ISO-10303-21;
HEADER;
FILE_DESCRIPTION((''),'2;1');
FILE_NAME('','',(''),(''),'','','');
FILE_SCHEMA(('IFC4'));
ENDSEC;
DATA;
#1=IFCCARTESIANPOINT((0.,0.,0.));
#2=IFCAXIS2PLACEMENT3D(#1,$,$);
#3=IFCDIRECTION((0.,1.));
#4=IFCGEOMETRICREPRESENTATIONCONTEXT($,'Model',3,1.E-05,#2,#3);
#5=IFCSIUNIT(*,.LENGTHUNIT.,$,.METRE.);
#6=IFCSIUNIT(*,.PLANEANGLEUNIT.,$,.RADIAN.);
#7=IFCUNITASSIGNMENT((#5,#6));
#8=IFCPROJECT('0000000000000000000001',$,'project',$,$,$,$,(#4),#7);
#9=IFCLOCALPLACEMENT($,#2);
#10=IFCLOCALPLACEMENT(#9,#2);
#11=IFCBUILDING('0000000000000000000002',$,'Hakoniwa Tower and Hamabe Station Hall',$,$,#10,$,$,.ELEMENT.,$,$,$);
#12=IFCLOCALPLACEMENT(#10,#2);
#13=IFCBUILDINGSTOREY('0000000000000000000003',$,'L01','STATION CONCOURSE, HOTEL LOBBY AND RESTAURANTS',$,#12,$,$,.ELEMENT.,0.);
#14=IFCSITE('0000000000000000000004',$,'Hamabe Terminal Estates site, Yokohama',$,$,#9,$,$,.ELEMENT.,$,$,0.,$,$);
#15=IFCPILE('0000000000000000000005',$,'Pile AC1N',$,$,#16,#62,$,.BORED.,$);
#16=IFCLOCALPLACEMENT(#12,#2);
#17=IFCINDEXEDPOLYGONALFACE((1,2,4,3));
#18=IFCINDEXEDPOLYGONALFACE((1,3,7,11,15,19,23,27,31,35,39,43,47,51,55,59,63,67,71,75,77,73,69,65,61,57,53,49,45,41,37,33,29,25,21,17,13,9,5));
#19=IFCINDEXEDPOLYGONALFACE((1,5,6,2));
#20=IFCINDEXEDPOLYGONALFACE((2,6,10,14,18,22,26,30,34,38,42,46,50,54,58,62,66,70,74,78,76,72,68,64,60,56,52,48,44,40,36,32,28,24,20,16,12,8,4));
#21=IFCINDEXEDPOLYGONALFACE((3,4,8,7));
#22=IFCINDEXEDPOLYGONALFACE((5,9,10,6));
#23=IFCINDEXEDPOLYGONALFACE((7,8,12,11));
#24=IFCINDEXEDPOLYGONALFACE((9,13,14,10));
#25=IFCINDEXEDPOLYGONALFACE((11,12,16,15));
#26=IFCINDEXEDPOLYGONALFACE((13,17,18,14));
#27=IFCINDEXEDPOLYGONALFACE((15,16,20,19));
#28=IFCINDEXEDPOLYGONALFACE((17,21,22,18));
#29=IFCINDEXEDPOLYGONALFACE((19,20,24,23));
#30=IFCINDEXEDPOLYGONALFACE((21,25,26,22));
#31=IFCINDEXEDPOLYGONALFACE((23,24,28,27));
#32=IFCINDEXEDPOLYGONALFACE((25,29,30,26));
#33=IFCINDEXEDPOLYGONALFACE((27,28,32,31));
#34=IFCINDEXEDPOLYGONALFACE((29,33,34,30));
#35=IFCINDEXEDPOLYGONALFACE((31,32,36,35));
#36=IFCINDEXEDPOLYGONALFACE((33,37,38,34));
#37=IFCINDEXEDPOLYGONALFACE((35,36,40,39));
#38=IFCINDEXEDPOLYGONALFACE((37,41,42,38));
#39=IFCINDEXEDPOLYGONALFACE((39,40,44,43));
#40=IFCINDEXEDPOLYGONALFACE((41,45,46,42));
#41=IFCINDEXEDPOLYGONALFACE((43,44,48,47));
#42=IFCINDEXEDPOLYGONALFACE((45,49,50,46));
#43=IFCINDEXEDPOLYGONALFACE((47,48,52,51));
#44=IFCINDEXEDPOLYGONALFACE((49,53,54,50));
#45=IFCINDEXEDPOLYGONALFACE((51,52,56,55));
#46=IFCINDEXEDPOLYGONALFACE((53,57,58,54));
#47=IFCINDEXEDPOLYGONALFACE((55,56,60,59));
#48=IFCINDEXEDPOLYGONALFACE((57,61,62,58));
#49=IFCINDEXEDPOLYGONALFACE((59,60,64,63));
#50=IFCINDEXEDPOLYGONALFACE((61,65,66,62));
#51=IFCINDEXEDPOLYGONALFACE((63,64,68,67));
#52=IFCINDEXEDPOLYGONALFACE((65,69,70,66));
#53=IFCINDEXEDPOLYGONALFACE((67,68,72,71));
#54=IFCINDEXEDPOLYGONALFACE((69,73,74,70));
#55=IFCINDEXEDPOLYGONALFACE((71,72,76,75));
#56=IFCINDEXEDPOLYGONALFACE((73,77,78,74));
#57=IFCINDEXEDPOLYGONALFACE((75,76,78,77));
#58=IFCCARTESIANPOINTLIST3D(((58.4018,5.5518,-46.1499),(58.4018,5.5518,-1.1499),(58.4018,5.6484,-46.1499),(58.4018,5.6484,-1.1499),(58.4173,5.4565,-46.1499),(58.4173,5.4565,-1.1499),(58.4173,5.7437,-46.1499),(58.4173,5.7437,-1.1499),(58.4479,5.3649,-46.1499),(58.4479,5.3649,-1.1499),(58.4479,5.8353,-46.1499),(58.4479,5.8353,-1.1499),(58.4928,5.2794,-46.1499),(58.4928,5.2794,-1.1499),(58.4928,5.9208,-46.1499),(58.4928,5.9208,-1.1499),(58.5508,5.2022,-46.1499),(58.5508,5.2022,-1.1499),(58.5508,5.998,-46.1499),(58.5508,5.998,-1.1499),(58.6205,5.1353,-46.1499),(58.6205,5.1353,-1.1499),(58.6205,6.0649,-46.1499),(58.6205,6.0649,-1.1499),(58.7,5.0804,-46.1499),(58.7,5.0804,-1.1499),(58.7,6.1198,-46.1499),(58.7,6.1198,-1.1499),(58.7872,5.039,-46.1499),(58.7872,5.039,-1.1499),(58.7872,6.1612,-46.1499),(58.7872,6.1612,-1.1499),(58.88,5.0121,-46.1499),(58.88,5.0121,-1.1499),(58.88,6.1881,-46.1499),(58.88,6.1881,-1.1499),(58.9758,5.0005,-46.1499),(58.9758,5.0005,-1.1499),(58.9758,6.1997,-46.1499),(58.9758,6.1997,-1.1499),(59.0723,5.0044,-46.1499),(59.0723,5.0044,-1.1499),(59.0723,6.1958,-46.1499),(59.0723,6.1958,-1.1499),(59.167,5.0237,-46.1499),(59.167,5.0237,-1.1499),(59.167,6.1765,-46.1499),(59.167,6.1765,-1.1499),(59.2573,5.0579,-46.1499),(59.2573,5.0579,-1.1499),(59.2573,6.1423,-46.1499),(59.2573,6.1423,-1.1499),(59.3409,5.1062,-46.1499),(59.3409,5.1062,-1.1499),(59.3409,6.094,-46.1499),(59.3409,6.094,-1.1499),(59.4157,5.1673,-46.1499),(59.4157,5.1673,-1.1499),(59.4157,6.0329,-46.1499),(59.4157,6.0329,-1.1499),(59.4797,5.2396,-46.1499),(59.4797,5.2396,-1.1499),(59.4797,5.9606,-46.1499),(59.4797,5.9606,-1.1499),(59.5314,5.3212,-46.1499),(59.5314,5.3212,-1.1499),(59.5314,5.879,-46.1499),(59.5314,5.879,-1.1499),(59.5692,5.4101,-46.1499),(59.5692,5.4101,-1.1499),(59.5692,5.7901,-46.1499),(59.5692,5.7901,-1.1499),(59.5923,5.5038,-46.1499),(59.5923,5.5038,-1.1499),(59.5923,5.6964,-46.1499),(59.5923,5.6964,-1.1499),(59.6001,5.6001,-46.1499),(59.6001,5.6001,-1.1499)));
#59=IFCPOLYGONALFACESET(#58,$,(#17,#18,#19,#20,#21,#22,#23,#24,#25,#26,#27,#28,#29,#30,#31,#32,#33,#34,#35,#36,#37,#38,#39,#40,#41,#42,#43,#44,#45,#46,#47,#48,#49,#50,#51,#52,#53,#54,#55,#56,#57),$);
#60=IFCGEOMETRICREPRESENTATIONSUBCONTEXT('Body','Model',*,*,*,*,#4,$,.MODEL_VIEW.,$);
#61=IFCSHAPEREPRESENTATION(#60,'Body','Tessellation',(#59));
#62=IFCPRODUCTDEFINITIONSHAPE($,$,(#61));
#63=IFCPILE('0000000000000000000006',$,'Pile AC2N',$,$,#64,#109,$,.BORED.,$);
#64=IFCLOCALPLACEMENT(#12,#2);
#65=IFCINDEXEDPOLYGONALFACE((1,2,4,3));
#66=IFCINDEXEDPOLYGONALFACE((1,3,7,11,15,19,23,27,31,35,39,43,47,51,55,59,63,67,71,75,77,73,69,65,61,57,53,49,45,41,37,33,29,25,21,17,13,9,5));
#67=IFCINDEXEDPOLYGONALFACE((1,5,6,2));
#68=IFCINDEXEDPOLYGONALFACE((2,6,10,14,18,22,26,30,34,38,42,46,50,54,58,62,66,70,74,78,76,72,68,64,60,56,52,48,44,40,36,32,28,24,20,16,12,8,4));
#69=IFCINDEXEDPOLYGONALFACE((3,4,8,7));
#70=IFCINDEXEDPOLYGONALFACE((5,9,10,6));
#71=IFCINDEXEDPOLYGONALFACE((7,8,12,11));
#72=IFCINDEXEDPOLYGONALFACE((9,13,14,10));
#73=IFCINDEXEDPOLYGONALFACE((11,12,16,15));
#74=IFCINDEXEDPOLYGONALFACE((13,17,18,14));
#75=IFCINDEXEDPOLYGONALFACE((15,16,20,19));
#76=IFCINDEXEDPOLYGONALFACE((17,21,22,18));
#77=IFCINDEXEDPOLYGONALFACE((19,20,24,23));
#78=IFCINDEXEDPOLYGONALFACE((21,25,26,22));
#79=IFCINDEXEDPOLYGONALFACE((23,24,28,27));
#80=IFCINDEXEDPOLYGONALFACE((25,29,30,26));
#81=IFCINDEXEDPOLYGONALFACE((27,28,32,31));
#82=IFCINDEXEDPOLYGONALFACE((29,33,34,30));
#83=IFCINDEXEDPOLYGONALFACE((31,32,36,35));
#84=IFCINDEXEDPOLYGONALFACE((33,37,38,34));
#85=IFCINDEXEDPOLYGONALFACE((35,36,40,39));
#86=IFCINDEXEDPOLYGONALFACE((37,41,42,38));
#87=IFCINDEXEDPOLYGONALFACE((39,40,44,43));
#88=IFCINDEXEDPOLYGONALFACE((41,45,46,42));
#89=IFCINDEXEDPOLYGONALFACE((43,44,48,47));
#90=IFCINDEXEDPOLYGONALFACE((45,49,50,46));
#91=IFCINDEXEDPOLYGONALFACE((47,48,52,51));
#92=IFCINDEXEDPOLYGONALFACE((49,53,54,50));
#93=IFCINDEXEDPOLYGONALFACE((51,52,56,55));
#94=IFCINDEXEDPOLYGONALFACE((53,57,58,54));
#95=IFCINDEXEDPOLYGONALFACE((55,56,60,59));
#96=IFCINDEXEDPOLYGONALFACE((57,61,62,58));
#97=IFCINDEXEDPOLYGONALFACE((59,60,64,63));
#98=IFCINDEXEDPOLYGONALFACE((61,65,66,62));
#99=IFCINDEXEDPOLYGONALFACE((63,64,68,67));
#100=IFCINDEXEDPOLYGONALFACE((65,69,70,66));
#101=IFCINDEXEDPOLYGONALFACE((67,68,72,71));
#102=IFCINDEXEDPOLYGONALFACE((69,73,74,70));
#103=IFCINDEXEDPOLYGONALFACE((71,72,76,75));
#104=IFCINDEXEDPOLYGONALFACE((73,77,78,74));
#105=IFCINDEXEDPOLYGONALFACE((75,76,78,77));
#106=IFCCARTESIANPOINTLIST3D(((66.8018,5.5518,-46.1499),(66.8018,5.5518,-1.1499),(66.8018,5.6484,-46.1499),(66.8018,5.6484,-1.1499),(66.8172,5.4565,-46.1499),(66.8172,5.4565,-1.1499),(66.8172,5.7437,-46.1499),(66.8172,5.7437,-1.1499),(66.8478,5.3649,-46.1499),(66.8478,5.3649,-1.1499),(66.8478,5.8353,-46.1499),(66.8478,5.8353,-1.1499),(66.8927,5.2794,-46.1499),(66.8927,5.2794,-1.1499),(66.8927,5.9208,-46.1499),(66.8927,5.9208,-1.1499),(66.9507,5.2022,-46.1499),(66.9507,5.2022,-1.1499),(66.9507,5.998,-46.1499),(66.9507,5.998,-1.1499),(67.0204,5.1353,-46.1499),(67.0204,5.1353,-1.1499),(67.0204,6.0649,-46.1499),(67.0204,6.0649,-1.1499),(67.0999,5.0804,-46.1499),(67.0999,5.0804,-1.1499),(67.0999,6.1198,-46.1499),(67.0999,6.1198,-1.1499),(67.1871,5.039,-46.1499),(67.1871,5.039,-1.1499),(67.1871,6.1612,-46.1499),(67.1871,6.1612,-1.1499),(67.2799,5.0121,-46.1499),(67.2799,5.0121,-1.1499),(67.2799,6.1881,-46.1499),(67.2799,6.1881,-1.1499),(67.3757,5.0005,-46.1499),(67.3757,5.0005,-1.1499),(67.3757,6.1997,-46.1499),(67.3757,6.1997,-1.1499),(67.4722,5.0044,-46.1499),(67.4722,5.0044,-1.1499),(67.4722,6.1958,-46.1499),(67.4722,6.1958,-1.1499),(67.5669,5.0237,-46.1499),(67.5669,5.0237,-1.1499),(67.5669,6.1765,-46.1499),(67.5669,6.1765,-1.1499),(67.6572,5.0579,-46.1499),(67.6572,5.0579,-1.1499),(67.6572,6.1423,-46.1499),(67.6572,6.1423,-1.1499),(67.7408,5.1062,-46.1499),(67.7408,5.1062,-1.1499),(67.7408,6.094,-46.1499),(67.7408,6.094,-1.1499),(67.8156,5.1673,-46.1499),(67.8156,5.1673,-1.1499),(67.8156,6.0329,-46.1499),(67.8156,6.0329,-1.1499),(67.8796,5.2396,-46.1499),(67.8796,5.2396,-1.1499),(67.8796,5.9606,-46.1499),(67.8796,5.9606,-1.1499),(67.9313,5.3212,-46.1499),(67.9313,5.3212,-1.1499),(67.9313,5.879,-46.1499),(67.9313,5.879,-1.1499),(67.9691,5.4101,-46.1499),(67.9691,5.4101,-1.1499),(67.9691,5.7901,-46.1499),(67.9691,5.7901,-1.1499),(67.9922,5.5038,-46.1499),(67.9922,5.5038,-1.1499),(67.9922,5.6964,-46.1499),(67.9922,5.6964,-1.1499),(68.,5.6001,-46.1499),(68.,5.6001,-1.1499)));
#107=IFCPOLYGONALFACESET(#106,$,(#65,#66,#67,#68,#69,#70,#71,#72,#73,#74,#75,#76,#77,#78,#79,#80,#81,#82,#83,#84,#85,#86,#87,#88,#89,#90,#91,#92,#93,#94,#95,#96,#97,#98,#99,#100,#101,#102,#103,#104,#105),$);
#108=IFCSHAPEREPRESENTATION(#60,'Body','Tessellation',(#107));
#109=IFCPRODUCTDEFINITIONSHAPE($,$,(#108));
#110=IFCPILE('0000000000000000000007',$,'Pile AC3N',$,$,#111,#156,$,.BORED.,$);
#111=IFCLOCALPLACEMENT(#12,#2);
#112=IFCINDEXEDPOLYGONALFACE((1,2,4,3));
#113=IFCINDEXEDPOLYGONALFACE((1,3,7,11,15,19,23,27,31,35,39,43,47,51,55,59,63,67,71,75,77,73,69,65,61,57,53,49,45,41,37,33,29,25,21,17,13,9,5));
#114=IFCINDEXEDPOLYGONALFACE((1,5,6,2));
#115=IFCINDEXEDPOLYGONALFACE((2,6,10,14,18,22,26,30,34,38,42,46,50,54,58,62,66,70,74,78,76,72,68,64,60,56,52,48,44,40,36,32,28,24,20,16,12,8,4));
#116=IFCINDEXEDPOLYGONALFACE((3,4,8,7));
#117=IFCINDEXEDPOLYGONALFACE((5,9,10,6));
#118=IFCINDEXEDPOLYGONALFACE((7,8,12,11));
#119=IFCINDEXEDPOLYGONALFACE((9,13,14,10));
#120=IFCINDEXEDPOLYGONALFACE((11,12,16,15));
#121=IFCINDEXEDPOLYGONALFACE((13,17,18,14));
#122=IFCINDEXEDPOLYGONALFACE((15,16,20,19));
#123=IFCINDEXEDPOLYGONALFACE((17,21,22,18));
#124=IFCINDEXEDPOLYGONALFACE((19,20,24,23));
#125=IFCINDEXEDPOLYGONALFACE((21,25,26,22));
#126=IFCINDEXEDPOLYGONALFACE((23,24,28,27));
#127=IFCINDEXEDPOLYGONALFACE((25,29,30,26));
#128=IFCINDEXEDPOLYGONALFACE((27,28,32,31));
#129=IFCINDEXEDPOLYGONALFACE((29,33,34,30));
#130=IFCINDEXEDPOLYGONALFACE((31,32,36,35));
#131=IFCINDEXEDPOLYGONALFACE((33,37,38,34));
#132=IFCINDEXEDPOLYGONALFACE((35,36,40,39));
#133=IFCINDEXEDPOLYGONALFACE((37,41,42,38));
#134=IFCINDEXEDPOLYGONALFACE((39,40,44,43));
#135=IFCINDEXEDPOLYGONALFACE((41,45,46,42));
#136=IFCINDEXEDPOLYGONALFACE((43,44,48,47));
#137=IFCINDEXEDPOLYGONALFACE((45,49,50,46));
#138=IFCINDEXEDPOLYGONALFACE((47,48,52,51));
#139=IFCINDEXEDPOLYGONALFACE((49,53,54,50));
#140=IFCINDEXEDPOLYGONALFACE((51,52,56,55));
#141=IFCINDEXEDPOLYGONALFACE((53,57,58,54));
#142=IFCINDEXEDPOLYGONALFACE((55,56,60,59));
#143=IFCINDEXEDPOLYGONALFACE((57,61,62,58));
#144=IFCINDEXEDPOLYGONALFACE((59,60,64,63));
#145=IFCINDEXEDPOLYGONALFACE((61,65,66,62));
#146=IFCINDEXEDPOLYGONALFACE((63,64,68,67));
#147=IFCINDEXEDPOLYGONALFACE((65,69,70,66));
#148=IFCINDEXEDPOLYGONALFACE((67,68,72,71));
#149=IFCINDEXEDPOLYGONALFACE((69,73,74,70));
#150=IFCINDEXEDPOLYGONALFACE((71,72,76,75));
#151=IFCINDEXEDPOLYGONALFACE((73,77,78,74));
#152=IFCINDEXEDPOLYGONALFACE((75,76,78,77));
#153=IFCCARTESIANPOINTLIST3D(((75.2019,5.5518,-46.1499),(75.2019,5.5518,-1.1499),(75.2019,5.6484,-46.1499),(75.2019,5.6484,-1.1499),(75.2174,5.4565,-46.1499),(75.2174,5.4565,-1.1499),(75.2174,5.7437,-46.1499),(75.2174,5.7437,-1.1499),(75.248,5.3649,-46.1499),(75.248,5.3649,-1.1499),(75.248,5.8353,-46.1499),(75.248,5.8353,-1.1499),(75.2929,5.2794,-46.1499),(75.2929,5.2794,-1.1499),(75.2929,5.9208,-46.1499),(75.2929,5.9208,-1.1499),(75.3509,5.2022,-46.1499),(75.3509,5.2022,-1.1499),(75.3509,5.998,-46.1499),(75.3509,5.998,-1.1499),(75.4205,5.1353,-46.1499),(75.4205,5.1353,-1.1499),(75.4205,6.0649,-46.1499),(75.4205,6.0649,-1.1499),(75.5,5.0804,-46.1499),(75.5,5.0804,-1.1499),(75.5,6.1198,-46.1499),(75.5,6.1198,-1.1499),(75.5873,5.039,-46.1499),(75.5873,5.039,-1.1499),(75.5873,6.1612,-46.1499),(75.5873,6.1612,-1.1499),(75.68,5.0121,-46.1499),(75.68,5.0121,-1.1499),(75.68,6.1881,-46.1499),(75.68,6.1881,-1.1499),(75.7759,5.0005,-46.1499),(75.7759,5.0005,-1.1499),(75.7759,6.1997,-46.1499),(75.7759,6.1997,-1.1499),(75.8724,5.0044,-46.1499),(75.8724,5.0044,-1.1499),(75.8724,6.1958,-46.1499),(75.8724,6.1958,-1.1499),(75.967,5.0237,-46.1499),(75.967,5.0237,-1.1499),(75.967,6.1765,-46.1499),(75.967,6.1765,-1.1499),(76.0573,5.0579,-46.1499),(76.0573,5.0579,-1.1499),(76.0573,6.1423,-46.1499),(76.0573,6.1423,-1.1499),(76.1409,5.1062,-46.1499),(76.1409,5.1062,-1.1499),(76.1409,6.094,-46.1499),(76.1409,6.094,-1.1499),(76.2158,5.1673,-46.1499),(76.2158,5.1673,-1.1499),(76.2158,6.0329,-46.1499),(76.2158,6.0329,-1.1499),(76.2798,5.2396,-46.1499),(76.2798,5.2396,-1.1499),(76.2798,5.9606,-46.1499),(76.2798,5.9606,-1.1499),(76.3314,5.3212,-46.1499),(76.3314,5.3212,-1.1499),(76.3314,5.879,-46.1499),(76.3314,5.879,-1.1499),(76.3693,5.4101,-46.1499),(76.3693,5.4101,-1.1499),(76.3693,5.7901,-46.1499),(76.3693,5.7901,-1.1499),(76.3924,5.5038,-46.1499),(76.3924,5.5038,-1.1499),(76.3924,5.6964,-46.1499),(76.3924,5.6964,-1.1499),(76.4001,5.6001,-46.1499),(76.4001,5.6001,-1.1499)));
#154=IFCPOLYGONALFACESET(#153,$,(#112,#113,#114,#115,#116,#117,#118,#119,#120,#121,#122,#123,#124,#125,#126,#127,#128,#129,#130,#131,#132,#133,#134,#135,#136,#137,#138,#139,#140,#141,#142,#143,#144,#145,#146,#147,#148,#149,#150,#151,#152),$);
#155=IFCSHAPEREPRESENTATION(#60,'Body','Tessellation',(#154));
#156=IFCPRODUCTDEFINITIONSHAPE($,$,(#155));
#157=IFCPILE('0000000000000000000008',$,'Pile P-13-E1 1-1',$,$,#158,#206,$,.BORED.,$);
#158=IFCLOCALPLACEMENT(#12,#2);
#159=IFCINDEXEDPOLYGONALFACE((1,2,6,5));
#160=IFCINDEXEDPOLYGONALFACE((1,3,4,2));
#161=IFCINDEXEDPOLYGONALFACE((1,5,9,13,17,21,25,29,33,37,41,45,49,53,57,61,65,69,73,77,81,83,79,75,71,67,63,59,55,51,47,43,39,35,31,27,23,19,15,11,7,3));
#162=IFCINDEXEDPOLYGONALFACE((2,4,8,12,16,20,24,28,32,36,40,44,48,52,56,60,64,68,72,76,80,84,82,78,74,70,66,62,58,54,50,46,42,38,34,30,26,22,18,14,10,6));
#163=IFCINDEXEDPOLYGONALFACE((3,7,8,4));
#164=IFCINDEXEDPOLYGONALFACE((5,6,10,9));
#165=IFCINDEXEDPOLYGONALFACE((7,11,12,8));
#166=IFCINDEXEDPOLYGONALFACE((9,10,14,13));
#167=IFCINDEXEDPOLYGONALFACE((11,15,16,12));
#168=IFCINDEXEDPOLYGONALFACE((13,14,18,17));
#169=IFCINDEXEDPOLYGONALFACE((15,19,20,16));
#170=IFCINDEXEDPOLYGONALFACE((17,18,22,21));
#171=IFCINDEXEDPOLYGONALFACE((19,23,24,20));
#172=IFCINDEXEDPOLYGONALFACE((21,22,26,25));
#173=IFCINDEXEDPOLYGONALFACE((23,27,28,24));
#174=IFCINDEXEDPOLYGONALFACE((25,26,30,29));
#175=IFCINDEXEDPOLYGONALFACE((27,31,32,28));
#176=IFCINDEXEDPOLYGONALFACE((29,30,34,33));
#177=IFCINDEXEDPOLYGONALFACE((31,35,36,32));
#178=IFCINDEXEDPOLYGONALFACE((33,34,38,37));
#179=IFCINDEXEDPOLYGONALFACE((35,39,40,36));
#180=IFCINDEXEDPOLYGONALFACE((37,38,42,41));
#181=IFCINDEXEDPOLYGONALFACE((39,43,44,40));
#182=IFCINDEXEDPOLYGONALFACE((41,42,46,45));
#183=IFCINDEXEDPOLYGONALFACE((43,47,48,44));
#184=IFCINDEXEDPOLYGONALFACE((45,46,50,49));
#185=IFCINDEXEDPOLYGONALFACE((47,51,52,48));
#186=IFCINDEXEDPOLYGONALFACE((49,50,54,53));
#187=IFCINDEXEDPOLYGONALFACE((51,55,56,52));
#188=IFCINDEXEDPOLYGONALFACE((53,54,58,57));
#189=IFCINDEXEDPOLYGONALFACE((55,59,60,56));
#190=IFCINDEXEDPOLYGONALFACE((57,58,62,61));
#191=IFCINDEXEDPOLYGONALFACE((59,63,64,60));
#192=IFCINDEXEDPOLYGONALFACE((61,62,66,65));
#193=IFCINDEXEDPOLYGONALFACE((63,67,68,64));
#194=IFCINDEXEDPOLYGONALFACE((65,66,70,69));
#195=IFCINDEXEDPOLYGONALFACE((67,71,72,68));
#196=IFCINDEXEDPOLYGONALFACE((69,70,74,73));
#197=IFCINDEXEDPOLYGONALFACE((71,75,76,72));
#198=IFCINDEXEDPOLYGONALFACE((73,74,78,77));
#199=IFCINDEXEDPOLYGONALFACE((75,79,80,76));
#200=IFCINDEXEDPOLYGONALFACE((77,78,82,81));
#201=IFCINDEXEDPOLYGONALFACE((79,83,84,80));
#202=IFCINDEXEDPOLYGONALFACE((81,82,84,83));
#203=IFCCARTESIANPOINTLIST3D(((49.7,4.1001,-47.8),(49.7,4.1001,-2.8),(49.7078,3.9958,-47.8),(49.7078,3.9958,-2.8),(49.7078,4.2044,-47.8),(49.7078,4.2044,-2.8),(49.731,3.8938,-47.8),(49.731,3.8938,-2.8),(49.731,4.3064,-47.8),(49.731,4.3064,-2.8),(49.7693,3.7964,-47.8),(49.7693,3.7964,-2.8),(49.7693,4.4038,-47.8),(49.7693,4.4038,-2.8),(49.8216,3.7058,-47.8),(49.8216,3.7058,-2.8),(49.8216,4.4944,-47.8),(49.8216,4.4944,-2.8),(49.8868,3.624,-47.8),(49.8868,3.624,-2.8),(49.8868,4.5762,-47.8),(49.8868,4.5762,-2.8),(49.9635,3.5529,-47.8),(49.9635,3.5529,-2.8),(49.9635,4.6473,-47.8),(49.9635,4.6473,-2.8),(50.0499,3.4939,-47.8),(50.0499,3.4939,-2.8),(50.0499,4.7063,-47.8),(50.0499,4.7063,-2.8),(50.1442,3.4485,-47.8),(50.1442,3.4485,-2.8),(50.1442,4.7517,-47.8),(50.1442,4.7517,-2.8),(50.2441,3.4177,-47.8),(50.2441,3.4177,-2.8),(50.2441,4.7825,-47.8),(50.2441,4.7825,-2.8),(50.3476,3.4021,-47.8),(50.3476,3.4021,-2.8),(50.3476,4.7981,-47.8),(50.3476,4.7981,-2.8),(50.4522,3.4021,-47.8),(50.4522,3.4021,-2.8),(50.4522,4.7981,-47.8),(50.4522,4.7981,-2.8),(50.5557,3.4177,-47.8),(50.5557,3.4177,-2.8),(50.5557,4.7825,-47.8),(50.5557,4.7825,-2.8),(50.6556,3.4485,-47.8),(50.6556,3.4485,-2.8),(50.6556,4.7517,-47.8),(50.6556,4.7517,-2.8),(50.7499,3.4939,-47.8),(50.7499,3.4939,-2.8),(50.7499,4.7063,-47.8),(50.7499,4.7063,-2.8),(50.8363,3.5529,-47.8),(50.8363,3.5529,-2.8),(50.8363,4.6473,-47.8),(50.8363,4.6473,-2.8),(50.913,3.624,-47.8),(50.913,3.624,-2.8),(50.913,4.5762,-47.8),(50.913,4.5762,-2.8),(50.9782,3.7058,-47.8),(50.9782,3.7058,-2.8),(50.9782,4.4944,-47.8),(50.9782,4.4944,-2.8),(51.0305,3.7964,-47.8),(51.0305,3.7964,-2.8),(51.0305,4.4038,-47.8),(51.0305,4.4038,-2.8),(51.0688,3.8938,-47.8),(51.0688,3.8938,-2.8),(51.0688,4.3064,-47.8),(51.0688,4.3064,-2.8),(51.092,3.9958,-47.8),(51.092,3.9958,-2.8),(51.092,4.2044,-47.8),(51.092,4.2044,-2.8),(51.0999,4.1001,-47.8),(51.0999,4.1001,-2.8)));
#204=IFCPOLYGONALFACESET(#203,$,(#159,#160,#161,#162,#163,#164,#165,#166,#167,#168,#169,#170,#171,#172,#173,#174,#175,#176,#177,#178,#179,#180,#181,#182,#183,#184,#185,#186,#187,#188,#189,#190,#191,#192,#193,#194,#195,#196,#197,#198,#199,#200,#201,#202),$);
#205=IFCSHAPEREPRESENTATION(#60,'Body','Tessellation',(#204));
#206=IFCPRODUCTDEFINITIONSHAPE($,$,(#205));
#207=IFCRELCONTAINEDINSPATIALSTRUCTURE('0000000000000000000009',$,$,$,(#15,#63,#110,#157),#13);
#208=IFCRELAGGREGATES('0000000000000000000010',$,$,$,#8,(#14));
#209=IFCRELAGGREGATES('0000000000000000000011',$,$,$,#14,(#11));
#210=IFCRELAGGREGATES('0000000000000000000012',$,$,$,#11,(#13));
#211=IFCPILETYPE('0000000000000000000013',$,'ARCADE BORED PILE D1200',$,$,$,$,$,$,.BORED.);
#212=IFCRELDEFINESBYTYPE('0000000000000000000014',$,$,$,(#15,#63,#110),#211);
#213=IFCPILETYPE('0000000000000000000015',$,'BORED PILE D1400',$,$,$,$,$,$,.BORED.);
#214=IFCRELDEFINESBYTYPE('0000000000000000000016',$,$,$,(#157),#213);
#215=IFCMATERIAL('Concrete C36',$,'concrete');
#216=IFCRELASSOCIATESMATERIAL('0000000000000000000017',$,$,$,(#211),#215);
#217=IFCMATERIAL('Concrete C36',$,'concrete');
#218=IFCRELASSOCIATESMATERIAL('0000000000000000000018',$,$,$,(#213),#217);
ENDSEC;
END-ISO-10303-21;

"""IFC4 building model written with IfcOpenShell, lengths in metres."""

from ifc_helpers import new_model, si_unit, direction, frame, origin, origin_2d, place, context, subcontext, project, spatial, circle, extrude, material, material_profile, profile_set, type_object, element, save


model = new_model("IFC4")

# Units and contexts
model_context = context("Model", 3, precision=1e-05, world=origin(), true_north=direction((0.0, 1.0)))
body_context = subcontext(model_context, "Body", "Model", "MODEL_VIEW")
ifc_project = project(units=[si_unit("LENGTHUNIT", "METRE"), si_unit("PLANEANGLEUNIT", "RADIAN")], contexts=[model_context])

# Site, building, storey
site_placement = place(None, origin())
site = spatial("IfcSite", under=ifc_project, at=site_placement, Name="Hamabe Terminal Estates site, Yokohama", CompositionType="ELEMENT", RefElevation=0.0)
building_placement = place(site_placement, origin())
building = spatial("IfcBuilding", under=site, at=building_placement, Name="Hakoniwa Tower and Hamabe Station Hall", CompositionType="ELEMENT")
storey_placement = place(building_placement, origin())
storey = spatial("IfcBuildingStorey", under=building, at=storey_placement, Name="L01", Description="STATION CONCOURSE, HOTEL LOBBY AND RESTAURANTS", CompositionType="ELEMENT", Elevation=0.0)

# Piles
ifc_material_1 = material(Name="Concrete C36", Category="concrete")
ifc_material_profile_1 = material_profile(ifc_material_1, circle(Radius=0.6001, at=origin_2d()), Name="ARCADE BORED PILE D1200")
ifc_profile_set_1 = profile_set([ifc_material_profile_1], Name="Concrete C36")
pile_type_1 = type_object("IfcPileType", Name="ARCADE BORED PILE D1200", PredefinedType="BORED", material=ifc_profile_set_1)
for number, where, z_axis, x_axis, name in (
    (1, (59.0, 5.6001, -1.1499), (0.0, 0.0, -1.0), (1.0, 0.0, 0.0), "Pile AC1N"),
    (2, (67.3999, 5.6001, -1.1499), (0.0, 0.0, -1.0), (1.0, 0.0, 0.0), "Pile AC2N"),
    (3, (75.8, 5.6001, -1.1499), (0.0, 0.0, -1.0), (1.0, 0.0, 0.0), "Pile AC3N"),
):
    element("IfcPile", number, at=place(storey_placement, frame(where, z_axis=z_axis, x_axis=x_axis)), inside=storey, type_object=pile_type_1, Name=name, PredefinedType="BORED", context=body_context, shape_type="SweptSolid", body=[
        extrude(circle(Radius=0.6001, at=origin_2d()), origin(), (0.0, 0.0, 1.0), 45.0),
    ])
ifc_material_2 = material(Name="Concrete C36", Category="concrete")
ifc_material_profile_2 = material_profile(ifc_material_2, circle(Radius=0.7, at=origin_2d()), Name="BORED PILE D1400")
ifc_profile_set_2 = profile_set([ifc_material_profile_2], Name="Concrete C36")
pile_type_2 = type_object("IfcPileType", Name="BORED PILE D1400", PredefinedType="BORED", material=ifc_profile_set_2)
for number, where, z_axis, x_axis, name in (
    (4, (50.3999, 4.1001, -2.8), (0.0, 0.0, -1.0), (1.0, 0.0, 0.0), "Pile P-13-E1 1-1"),
):
    element("IfcPile", number, at=place(storey_placement, frame(where, z_axis=z_axis, x_axis=x_axis)), inside=storey, type_object=pile_type_2, Name=name, PredefinedType="BORED", context=body_context, shape_type="SweptSolid", body=[
        extrude(circle(Radius=0.7, at=origin_2d()), origin(), (0.0, 0.0, 1.0), 45.0),
    ])

save(model, "model.ifc")
